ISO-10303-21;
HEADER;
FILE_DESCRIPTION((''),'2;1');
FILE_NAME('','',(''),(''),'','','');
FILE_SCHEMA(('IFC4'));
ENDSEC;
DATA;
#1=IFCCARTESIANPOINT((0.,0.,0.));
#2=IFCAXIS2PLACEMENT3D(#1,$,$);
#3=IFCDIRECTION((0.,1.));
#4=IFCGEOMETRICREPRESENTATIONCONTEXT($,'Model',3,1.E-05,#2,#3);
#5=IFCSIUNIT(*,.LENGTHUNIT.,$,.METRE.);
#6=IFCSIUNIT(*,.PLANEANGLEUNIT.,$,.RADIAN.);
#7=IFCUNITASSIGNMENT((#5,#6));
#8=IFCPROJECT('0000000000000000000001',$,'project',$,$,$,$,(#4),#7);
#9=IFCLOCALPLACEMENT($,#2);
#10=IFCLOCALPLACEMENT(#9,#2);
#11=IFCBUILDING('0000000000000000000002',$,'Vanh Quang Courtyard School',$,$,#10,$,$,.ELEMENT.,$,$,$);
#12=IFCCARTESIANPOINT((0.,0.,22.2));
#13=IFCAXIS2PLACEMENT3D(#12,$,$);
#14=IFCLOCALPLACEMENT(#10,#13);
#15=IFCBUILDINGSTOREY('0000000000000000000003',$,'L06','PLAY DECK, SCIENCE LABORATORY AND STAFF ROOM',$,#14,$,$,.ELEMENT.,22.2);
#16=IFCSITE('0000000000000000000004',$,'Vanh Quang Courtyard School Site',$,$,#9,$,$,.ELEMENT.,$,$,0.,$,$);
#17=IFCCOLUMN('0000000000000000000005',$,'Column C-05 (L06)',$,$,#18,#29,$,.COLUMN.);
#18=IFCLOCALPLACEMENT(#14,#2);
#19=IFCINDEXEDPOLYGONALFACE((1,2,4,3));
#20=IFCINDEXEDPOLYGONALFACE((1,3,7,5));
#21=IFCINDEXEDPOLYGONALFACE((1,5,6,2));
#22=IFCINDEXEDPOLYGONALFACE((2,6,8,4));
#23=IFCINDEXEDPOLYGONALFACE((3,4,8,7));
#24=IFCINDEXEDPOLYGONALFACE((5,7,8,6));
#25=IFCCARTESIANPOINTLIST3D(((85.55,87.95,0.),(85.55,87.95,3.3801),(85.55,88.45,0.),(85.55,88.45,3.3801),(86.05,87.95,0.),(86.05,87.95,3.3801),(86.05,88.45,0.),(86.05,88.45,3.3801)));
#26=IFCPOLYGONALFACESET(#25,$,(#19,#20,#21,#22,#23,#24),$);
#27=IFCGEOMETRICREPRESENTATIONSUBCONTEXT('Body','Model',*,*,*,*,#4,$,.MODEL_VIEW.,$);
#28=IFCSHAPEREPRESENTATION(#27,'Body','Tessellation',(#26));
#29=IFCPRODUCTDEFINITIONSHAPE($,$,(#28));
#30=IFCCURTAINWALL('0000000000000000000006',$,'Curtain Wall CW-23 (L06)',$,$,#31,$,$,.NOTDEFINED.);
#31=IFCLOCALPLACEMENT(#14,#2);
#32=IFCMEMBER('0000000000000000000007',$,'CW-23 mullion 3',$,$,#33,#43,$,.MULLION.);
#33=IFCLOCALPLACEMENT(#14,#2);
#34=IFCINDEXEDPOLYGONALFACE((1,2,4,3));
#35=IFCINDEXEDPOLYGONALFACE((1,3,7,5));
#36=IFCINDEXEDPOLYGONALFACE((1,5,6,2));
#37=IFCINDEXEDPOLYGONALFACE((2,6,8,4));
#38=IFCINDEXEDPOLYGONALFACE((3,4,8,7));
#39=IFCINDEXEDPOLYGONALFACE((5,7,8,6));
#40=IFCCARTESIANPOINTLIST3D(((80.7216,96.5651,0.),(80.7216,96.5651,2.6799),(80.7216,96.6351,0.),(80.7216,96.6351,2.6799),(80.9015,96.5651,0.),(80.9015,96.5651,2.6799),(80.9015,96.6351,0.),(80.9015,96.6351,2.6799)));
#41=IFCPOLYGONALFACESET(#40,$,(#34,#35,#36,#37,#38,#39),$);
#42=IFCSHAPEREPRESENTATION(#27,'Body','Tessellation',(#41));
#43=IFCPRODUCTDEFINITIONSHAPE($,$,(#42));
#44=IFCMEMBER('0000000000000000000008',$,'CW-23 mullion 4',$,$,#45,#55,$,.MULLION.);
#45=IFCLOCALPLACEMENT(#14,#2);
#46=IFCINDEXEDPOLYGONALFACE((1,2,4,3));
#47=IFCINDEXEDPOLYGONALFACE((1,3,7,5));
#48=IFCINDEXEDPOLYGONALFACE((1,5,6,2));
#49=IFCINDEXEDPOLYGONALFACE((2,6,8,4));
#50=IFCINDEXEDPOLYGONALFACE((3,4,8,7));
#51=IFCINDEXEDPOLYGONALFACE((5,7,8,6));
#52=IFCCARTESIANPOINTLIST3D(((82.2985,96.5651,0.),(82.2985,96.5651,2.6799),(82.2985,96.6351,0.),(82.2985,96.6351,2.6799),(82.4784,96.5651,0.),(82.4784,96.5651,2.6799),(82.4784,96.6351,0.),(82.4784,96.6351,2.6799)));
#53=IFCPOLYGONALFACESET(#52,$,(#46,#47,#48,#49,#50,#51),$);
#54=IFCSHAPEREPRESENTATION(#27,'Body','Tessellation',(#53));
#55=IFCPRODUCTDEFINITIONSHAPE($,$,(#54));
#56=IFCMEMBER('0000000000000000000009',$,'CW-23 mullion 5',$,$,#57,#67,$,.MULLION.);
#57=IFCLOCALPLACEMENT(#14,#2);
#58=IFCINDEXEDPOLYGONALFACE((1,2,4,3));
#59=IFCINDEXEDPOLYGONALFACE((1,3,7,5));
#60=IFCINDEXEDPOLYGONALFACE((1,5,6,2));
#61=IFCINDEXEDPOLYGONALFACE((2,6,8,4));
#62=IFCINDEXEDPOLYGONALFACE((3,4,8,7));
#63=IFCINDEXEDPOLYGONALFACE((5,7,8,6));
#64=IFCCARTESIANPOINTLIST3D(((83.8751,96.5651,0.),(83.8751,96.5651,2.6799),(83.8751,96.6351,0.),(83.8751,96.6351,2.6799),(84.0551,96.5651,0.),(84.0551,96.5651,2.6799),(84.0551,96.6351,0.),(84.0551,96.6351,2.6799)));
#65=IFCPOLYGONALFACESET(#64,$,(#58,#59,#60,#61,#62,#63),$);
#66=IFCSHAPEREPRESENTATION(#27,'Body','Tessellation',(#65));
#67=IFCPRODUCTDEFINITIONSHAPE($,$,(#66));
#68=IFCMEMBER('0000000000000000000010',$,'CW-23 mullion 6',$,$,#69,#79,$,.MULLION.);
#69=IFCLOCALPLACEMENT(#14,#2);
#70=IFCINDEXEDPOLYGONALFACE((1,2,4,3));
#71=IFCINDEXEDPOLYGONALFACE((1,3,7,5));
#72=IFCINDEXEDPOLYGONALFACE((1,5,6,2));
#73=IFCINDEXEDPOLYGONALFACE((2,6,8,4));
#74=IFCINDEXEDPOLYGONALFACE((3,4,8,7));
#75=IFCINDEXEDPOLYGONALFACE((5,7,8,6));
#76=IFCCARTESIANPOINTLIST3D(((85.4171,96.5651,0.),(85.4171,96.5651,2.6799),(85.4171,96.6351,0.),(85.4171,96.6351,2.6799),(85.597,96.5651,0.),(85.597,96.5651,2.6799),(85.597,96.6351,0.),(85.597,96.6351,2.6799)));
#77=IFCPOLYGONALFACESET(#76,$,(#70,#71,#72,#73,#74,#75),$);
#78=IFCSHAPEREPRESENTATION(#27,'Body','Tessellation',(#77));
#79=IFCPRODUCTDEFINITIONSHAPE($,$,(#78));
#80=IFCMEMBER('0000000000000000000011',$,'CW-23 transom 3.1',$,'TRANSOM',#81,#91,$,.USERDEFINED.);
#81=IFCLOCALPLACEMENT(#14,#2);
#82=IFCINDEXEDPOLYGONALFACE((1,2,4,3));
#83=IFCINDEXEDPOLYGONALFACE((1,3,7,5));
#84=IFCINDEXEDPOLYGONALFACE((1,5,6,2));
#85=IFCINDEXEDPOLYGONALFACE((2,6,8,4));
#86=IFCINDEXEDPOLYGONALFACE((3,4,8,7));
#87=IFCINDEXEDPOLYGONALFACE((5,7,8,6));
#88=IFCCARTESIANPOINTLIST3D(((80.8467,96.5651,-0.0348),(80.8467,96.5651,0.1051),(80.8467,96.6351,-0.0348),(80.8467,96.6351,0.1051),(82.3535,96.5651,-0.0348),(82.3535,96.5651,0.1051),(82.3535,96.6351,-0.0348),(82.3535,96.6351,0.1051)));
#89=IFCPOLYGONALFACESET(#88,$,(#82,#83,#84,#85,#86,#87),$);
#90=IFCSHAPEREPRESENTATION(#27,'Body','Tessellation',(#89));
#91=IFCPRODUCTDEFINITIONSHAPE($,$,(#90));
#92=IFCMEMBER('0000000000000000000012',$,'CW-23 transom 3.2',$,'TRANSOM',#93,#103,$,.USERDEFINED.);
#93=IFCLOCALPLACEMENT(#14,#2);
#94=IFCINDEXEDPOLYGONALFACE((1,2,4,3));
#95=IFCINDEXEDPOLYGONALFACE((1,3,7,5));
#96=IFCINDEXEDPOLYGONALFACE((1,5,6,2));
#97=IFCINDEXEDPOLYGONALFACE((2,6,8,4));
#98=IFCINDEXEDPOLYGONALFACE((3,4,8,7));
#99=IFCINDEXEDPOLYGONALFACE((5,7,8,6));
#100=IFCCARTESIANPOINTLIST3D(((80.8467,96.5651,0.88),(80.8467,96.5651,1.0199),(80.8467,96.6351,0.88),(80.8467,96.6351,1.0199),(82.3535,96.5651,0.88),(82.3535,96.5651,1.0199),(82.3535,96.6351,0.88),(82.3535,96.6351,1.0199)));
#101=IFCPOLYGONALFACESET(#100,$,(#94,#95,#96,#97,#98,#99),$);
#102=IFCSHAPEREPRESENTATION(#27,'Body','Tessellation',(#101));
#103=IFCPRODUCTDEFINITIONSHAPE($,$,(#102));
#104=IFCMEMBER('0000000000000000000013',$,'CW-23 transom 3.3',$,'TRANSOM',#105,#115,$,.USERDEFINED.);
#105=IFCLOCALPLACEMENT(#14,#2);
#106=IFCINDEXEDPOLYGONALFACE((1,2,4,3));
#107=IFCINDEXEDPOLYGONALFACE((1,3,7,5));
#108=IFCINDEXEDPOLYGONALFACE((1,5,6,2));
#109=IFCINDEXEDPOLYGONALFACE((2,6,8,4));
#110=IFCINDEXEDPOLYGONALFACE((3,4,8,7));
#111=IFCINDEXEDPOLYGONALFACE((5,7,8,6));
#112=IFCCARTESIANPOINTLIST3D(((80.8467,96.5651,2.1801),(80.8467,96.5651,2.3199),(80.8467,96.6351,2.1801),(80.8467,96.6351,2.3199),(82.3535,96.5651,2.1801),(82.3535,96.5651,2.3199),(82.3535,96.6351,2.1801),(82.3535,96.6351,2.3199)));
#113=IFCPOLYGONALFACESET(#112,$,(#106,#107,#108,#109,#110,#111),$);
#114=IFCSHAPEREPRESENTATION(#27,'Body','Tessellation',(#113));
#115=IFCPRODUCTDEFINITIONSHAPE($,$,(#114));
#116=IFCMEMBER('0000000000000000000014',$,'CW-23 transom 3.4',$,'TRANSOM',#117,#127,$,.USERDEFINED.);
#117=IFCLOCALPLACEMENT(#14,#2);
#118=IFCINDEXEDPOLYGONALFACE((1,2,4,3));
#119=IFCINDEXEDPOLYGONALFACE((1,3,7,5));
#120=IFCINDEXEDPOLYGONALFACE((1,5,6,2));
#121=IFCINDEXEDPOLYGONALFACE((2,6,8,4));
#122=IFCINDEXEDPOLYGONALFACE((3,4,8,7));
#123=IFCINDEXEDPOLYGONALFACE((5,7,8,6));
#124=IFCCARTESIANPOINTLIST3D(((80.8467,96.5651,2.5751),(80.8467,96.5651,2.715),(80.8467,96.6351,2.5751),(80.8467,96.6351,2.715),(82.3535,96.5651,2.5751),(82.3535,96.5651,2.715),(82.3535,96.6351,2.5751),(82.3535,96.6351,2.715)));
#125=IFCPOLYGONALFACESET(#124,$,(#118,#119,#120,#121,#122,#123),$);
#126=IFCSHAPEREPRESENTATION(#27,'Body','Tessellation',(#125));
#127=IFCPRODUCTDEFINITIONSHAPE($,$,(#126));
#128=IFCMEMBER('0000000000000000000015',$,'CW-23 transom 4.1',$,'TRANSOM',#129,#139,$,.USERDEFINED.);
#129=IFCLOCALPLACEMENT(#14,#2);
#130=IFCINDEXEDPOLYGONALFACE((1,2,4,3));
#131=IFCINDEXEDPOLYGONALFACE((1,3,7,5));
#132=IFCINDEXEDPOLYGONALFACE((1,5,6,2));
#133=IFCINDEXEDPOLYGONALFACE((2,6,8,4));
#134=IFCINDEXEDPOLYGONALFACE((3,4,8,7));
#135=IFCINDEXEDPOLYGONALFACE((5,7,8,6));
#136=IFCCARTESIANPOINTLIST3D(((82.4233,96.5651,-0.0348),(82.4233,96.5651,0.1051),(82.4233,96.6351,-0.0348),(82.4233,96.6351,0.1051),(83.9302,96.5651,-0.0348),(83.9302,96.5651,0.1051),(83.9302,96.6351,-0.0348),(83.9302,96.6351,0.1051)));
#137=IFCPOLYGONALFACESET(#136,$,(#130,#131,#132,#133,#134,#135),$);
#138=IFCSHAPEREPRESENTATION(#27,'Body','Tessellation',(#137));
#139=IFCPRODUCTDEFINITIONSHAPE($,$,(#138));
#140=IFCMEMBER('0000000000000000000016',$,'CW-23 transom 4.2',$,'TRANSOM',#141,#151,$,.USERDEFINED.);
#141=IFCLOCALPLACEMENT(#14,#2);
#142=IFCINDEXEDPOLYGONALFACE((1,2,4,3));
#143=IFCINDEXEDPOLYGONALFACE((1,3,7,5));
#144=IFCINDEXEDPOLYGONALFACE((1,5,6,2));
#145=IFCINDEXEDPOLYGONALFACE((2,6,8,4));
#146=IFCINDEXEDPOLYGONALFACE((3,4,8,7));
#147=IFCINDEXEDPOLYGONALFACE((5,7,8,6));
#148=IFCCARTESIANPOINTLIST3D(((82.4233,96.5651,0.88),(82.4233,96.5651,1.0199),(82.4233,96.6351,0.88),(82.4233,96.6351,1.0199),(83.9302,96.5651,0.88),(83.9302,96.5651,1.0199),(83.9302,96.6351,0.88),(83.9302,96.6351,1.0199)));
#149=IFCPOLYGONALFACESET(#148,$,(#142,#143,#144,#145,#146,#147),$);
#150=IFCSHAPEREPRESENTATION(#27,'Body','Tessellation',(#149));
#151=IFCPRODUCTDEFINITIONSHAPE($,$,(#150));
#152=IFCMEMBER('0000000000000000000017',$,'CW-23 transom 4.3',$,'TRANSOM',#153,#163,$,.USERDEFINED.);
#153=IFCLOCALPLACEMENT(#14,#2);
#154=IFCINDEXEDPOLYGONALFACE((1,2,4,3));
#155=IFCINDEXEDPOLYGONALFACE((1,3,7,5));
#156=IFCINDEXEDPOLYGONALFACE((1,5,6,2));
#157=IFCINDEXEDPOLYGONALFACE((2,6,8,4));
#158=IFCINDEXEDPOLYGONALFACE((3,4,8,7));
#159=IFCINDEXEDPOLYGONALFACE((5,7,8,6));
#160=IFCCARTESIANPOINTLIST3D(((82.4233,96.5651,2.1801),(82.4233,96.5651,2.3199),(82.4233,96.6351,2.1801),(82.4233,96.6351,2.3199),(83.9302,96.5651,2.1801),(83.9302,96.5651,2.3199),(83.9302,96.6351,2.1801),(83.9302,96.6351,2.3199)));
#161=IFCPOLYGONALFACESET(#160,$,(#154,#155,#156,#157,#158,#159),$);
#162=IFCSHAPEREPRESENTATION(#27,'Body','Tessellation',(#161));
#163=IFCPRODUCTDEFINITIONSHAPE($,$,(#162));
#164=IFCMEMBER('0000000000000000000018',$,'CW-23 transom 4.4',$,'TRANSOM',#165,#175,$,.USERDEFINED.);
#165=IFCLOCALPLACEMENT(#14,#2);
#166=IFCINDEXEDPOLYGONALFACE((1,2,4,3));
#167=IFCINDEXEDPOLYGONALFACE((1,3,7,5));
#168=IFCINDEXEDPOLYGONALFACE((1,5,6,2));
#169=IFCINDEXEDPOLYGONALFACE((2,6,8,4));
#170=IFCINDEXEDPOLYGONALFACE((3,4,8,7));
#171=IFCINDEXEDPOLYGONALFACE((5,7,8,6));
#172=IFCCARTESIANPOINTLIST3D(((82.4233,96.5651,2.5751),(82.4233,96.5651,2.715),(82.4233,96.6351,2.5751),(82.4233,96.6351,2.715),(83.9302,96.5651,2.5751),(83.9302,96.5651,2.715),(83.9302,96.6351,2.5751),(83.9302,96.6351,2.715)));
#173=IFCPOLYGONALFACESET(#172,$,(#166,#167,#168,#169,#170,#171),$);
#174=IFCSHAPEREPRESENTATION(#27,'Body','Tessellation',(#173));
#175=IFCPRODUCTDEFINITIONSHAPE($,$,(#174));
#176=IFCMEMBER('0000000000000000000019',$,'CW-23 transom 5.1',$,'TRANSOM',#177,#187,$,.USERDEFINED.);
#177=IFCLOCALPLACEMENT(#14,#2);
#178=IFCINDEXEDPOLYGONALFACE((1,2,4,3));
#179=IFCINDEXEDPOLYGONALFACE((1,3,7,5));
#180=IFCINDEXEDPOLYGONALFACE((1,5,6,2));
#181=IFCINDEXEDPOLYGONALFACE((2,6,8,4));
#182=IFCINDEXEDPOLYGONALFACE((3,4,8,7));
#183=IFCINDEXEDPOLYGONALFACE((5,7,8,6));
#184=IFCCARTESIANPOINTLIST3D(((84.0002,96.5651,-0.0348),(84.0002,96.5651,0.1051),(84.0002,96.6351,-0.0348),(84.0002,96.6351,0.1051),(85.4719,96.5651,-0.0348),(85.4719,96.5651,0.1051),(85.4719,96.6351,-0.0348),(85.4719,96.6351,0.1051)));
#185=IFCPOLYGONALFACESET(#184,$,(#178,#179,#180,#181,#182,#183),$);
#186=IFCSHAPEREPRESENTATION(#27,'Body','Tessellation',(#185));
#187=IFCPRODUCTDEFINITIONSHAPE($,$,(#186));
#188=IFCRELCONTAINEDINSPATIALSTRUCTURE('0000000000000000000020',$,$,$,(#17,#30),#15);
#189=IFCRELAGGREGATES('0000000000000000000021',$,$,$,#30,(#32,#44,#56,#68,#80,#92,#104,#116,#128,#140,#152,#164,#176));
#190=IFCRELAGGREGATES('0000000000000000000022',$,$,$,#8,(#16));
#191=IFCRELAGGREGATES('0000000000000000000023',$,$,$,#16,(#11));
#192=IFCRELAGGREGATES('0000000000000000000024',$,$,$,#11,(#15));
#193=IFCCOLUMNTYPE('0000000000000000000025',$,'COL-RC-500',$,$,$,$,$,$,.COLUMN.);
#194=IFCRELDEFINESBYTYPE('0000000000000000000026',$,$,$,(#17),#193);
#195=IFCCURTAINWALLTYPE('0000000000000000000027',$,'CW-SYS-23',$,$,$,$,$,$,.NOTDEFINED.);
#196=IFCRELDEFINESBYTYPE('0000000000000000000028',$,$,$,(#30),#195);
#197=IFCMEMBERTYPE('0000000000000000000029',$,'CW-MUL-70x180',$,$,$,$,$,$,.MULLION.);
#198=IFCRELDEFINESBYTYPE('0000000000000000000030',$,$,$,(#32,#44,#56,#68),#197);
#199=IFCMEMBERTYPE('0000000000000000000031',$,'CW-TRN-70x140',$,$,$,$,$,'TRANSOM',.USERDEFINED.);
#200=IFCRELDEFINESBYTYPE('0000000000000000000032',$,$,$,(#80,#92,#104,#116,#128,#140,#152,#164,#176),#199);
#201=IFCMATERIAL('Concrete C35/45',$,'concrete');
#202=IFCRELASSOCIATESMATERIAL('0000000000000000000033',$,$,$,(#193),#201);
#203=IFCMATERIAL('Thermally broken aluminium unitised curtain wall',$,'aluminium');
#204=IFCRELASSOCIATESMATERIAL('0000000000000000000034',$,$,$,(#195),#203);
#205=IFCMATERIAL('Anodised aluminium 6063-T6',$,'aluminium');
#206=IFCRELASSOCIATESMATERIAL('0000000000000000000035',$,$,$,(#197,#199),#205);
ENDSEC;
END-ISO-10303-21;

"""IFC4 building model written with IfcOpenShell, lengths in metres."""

from ifc_helpers import new_model, si_unit, direction, frame, origin, origin_2d, place, context, subcontext, project, spatial, rectangle, extrude, material, material_profile, profile_set, type_object, element, aggregate, save


model = new_model("IFC4")

# Units and contexts
model_context = context("Model", 3, precision=1e-05, world=origin(), true_north=direction((0.0, 1.0)))
body_context = subcontext(model_context, "Body", "Model", "MODEL_VIEW")
ifc_project = project(units=[si_unit("LENGTHUNIT", "METRE"), si_unit("PLANEANGLEUNIT", "RADIAN")], contexts=[model_context])

# Site, building, storey
site_placement = place(None, origin())
site = spatial("IfcSite", under=ifc_project, at=site_placement, Name="Vanh Quang Courtyard School Site", CompositionType="ELEMENT", RefElevation=0.0)
building_placement = place(site_placement, origin())
building = spatial("IfcBuilding", under=site, at=building_placement, Name="Vanh Quang Courtyard School", CompositionType="ELEMENT")
storey_placement = place(building_placement, frame((0.0, 0.0, 22.2)))
storey = spatial("IfcBuildingStorey", under=building, at=storey_placement, Name="L06", Description="PLAY DECK, SCIENCE LABORATORY AND STAFF ROOM", CompositionType="ELEMENT", Elevation=22.2)

# Column
ifc_material_1 = material(Name="Concrete C35/45", Category="concrete")
ifc_material_profile_1 = material_profile(ifc_material_1, rectangle(XDim=0.5, YDim=0.5, at=origin_2d()), Name="RC-COL 500x500")
ifc_profile_set_1 = profile_set([ifc_material_profile_1], Name="Concrete C35/45")
column_type = type_object("IfcColumnType", Name="COL-RC-500", PredefinedType="COLUMN", material=ifc_profile_set_1)
column_placement = place(storey_placement, frame((85.8, 88.2, 0.0), z_axis=(0.0, 0.0, 1.0), x_axis=(1.0, 0.0, 0.0)))
element("IfcColumn", 1, at=column_placement, inside=storey, type_object=column_type, Name="Column C-05 (L06)", PredefinedType="COLUMN", context=body_context, shape_type="SweptSolid", body=[
    extrude(rectangle(XDim=0.5, YDim=0.5, at=origin_2d()), origin(), (0.0, 0.0, 1.0), 3.3801),
])

# Curtain wall, members
ifc_material_2 = material(Name="Thermally broken aluminium unitised curtain wall", Category="aluminium")
curtain_wall_type = type_object("IfcCurtainWallType", Name="CW-SYS-23", PredefinedType="NOTDEFINED", material=ifc_material_2)
curtain_wall_placement = place(storey_placement, origin())
curtain_wall = element("IfcCurtainWall", 2, at=curtain_wall_placement, inside=storey, type_object=curtain_wall_type, Name="Curtain Wall CW-23 (L06)", PredefinedType="NOTDEFINED")
ifc_material_3 = material(Name="Anodised aluminium 6063-T6", Category="aluminium")
ifc_material_profile_2 = material_profile(ifc_material_3, rectangle(XDim=0.0701, YDim=0.1799, at=origin_2d()), Name="ALU-MUL 70x180")
ifc_profile_set_2 = profile_set([ifc_material_profile_2], Name="Anodised aluminium 6063-T6")
member_type_1 = type_object("IfcMemberType", Name="CW-MUL-70x180", PredefinedType="MULLION", material=ifc_profile_set_2)
member_1_placement = place(storey_placement, frame((80.8115, 96.6001, 0.0), z_axis=(0.0, 0.0, 1.0), x_axis=(0.0, 1.0, 0.0)))
member_1 = element("IfcMember", 3, at=member_1_placement, type_object=member_type_1, Name="CW-23 mullion 3", PredefinedType="MULLION", context=body_context, shape_type="SweptSolid", body=[
    extrude(rectangle(XDim=0.0701, YDim=0.1799, at=origin_2d()), origin(), (0.0, 0.0, 1.0), 2.6799),
])
member_2_placement = place(storey_placement, frame((82.3884, 96.6001, 0.0), z_axis=(0.0, 0.0, 1.0), x_axis=(0.0, 1.0, 0.0)))
member_2 = element("IfcMember", 4, at=member_2_placement, type_object=member_type_1, Name="CW-23 mullion 4", PredefinedType="MULLION", context=body_context, shape_type="SweptSolid", body=[
    extrude(rectangle(XDim=0.0701, YDim=0.1799, at=origin_2d()), origin(), (0.0, 0.0, 1.0), 2.6799),
])
member_3_placement = place(storey_placement, frame((83.9651, 96.6001, 0.0), z_axis=(0.0, 0.0, 1.0), x_axis=(0.0, 1.0, 0.0)))
member_3 = element("IfcMember", 5, at=member_3_placement, type_object=member_type_1, Name="CW-23 mullion 5", PredefinedType="MULLION", context=body_context, shape_type="SweptSolid", body=[
    extrude(rectangle(XDim=0.0701, YDim=0.1799, at=origin_2d()), origin(), (0.0, 0.0, 1.0), 2.6799),
])
member_4_placement = place(storey_placement, frame((85.5071, 96.6001, 0.0), z_axis=(0.0, 0.0, 1.0), x_axis=(0.0, 1.0, 0.0)))
member_4 = element("IfcMember", 6, at=member_4_placement, type_object=member_type_1, Name="CW-23 mullion 6", PredefinedType="MULLION", context=body_context, shape_type="SweptSolid", body=[
    extrude(rectangle(XDim=0.0701, YDim=0.1799, at=origin_2d()), origin(), (0.0, 0.0, 1.0), 2.6799),
])
ifc_material_profile_3 = material_profile(ifc_material_3, rectangle(XDim=0.0701, YDim=0.1399, at=origin_2d()), Name="ALU-TRN 70x140")
ifc_profile_set_3 = profile_set([ifc_material_profile_3], Name="Anodised aluminium 6063-T6")
member_type_2 = type_object("IfcMemberType", Name="CW-TRN-70x140", ElementType="TRANSOM", PredefinedType="USERDEFINED", material=ifc_profile_set_3)
member_5_placement = place(storey_placement, frame((80.8467, 96.6001, 0.0352), z_axis=(1.0, 0.0, 0.0), x_axis=(0.0, 1.0, 0.0)))
member_5 = element("IfcMember", 7, at=member_5_placement, type_object=member_type_2, Name="CW-23 transom 3.1", ObjectType="TRANSOM", PredefinedType="USERDEFINED", context=body_context, shape_type="SweptSolid", body=[
    extrude(rectangle(XDim=0.0701, YDim=0.1399, at=origin_2d()), origin(), (0.0, 0.0, 1.0), 1.5068),
])
member_6_placement = place(storey_placement, frame((80.8467, 96.6001, 0.95), z_axis=(1.0, 0.0, 0.0), x_axis=(0.0, 1.0, 0.0)))
member_6 = element("IfcMember", 8, at=member_6_placement, type_object=member_type_2, Name="CW-23 transom 3.2", ObjectType="TRANSOM", PredefinedType="USERDEFINED", context=body_context, shape_type="SweptSolid", body=[
    extrude(rectangle(XDim=0.0701, YDim=0.1399, at=origin_2d()), origin(), (0.0, 0.0, 1.0), 1.5068),
])
member_7_placement = place(storey_placement, frame((80.8467, 96.6001, 2.25), z_axis=(1.0, 0.0, 0.0), x_axis=(0.0, 1.0, 0.0)))
member_7 = element("IfcMember", 9, at=member_7_placement, type_object=member_type_2, Name="CW-23 transom 3.3", ObjectType="TRANSOM", PredefinedType="USERDEFINED", context=body_context, shape_type="SweptSolid", body=[
    extrude(rectangle(XDim=0.0701, YDim=0.1399, at=origin_2d()), origin(), (0.0, 0.0, 1.0), 1.5068),
])
member_8_placement = place(storey_placement, frame((80.8467, 96.6001, 2.645), z_axis=(1.0, 0.0, 0.0), x_axis=(0.0, 1.0, 0.0)))
member_8 = element("IfcMember", 10, at=member_8_placement, type_object=member_type_2, Name="CW-23 transom 3.4", ObjectType="TRANSOM", PredefinedType="USERDEFINED", context=body_context, shape_type="SweptSolid", body=[
    extrude(rectangle(XDim=0.0701, YDim=0.1399, at=origin_2d()), origin(), (0.0, 0.0, 1.0), 1.5068),
])
member_9_placement = place(storey_placement, frame((82.4233, 96.6001, 0.0352), z_axis=(1.0, 0.0, 0.0), x_axis=(0.0, 1.0, 0.0)))
member_9 = element("IfcMember", 11, at=member_9_placement, type_object=member_type_2, Name="CW-23 transom 4.1", ObjectType="TRANSOM", PredefinedType="USERDEFINED", context=body_context, shape_type="SweptSolid", body=[
    extrude(rectangle(XDim=0.0701, YDim=0.1399, at=origin_2d()), origin(), (0.0, 0.0, 1.0), 1.5068),
])
member_10_placement = place(storey_placement, frame((82.4233, 96.6001, 0.95), z_axis=(1.0, 0.0, 0.0), x_axis=(0.0, 1.0, 0.0)))
member_10 = element("IfcMember", 12, at=member_10_placement, type_object=member_type_2, Name="CW-23 transom 4.2", ObjectType="TRANSOM", PredefinedType="USERDEFINED", context=body_context, shape_type="SweptSolid", body=[
    extrude(rectangle(XDim=0.0701, YDim=0.1399, at=origin_2d()), origin(), (0.0, 0.0, 1.0), 1.5068),
])
member_11_placement = place(storey_placement, frame((82.4233, 96.6001, 2.25), z_axis=(1.0, 0.0, 0.0), x_axis=(0.0, 1.0, 0.0)))
member_11 = element("IfcMember", 13, at=member_11_placement, type_object=member_type_2, Name="CW-23 transom 4.3", ObjectType="TRANSOM", PredefinedType="USERDEFINED", context=body_context, shape_type="SweptSolid", body=[
    extrude(rectangle(XDim=0.0701, YDim=0.1399, at=origin_2d()), origin(), (0.0, 0.0, 1.0), 1.5068),
])
member_12_placement = place(storey_placement, frame((82.4233, 96.6001, 2.645), z_axis=(1.0, 0.0, 0.0), x_axis=(0.0, 1.0, 0.0)))
member_12 = element("IfcMember", 14, at=member_12_placement, type_object=member_type_2, Name="CW-23 transom 4.4", ObjectType="TRANSOM", PredefinedType="USERDEFINED", context=body_context, shape_type="SweptSolid", body=[
    extrude(rectangle(XDim=0.0701, YDim=0.1399, at=origin_2d()), origin(), (0.0, 0.0, 1.0), 1.5068),
])
member_13_placement = place(storey_placement, frame((84.0002, 96.6001, 0.0352), z_axis=(1.0, 0.0, 0.0), x_axis=(0.0, 1.0, 0.0)))
member_13 = element("IfcMember", 15, at=member_13_placement, type_object=member_type_2, Name="CW-23 transom 5.1", ObjectType="TRANSOM", PredefinedType="USERDEFINED", context=body_context, shape_type="SweptSolid", body=[
    extrude(rectangle(XDim=0.0701, YDim=0.1399, at=origin_2d()), origin(), (0.0, 0.0, 1.0), 1.4717),
])
aggregate(curtain_wall, [member_1, member_2, member_3, member_4, member_5, member_6, member_7, member_8, member_9, member_10, member_11, member_12, member_13])

save(model, "model.ifc")
